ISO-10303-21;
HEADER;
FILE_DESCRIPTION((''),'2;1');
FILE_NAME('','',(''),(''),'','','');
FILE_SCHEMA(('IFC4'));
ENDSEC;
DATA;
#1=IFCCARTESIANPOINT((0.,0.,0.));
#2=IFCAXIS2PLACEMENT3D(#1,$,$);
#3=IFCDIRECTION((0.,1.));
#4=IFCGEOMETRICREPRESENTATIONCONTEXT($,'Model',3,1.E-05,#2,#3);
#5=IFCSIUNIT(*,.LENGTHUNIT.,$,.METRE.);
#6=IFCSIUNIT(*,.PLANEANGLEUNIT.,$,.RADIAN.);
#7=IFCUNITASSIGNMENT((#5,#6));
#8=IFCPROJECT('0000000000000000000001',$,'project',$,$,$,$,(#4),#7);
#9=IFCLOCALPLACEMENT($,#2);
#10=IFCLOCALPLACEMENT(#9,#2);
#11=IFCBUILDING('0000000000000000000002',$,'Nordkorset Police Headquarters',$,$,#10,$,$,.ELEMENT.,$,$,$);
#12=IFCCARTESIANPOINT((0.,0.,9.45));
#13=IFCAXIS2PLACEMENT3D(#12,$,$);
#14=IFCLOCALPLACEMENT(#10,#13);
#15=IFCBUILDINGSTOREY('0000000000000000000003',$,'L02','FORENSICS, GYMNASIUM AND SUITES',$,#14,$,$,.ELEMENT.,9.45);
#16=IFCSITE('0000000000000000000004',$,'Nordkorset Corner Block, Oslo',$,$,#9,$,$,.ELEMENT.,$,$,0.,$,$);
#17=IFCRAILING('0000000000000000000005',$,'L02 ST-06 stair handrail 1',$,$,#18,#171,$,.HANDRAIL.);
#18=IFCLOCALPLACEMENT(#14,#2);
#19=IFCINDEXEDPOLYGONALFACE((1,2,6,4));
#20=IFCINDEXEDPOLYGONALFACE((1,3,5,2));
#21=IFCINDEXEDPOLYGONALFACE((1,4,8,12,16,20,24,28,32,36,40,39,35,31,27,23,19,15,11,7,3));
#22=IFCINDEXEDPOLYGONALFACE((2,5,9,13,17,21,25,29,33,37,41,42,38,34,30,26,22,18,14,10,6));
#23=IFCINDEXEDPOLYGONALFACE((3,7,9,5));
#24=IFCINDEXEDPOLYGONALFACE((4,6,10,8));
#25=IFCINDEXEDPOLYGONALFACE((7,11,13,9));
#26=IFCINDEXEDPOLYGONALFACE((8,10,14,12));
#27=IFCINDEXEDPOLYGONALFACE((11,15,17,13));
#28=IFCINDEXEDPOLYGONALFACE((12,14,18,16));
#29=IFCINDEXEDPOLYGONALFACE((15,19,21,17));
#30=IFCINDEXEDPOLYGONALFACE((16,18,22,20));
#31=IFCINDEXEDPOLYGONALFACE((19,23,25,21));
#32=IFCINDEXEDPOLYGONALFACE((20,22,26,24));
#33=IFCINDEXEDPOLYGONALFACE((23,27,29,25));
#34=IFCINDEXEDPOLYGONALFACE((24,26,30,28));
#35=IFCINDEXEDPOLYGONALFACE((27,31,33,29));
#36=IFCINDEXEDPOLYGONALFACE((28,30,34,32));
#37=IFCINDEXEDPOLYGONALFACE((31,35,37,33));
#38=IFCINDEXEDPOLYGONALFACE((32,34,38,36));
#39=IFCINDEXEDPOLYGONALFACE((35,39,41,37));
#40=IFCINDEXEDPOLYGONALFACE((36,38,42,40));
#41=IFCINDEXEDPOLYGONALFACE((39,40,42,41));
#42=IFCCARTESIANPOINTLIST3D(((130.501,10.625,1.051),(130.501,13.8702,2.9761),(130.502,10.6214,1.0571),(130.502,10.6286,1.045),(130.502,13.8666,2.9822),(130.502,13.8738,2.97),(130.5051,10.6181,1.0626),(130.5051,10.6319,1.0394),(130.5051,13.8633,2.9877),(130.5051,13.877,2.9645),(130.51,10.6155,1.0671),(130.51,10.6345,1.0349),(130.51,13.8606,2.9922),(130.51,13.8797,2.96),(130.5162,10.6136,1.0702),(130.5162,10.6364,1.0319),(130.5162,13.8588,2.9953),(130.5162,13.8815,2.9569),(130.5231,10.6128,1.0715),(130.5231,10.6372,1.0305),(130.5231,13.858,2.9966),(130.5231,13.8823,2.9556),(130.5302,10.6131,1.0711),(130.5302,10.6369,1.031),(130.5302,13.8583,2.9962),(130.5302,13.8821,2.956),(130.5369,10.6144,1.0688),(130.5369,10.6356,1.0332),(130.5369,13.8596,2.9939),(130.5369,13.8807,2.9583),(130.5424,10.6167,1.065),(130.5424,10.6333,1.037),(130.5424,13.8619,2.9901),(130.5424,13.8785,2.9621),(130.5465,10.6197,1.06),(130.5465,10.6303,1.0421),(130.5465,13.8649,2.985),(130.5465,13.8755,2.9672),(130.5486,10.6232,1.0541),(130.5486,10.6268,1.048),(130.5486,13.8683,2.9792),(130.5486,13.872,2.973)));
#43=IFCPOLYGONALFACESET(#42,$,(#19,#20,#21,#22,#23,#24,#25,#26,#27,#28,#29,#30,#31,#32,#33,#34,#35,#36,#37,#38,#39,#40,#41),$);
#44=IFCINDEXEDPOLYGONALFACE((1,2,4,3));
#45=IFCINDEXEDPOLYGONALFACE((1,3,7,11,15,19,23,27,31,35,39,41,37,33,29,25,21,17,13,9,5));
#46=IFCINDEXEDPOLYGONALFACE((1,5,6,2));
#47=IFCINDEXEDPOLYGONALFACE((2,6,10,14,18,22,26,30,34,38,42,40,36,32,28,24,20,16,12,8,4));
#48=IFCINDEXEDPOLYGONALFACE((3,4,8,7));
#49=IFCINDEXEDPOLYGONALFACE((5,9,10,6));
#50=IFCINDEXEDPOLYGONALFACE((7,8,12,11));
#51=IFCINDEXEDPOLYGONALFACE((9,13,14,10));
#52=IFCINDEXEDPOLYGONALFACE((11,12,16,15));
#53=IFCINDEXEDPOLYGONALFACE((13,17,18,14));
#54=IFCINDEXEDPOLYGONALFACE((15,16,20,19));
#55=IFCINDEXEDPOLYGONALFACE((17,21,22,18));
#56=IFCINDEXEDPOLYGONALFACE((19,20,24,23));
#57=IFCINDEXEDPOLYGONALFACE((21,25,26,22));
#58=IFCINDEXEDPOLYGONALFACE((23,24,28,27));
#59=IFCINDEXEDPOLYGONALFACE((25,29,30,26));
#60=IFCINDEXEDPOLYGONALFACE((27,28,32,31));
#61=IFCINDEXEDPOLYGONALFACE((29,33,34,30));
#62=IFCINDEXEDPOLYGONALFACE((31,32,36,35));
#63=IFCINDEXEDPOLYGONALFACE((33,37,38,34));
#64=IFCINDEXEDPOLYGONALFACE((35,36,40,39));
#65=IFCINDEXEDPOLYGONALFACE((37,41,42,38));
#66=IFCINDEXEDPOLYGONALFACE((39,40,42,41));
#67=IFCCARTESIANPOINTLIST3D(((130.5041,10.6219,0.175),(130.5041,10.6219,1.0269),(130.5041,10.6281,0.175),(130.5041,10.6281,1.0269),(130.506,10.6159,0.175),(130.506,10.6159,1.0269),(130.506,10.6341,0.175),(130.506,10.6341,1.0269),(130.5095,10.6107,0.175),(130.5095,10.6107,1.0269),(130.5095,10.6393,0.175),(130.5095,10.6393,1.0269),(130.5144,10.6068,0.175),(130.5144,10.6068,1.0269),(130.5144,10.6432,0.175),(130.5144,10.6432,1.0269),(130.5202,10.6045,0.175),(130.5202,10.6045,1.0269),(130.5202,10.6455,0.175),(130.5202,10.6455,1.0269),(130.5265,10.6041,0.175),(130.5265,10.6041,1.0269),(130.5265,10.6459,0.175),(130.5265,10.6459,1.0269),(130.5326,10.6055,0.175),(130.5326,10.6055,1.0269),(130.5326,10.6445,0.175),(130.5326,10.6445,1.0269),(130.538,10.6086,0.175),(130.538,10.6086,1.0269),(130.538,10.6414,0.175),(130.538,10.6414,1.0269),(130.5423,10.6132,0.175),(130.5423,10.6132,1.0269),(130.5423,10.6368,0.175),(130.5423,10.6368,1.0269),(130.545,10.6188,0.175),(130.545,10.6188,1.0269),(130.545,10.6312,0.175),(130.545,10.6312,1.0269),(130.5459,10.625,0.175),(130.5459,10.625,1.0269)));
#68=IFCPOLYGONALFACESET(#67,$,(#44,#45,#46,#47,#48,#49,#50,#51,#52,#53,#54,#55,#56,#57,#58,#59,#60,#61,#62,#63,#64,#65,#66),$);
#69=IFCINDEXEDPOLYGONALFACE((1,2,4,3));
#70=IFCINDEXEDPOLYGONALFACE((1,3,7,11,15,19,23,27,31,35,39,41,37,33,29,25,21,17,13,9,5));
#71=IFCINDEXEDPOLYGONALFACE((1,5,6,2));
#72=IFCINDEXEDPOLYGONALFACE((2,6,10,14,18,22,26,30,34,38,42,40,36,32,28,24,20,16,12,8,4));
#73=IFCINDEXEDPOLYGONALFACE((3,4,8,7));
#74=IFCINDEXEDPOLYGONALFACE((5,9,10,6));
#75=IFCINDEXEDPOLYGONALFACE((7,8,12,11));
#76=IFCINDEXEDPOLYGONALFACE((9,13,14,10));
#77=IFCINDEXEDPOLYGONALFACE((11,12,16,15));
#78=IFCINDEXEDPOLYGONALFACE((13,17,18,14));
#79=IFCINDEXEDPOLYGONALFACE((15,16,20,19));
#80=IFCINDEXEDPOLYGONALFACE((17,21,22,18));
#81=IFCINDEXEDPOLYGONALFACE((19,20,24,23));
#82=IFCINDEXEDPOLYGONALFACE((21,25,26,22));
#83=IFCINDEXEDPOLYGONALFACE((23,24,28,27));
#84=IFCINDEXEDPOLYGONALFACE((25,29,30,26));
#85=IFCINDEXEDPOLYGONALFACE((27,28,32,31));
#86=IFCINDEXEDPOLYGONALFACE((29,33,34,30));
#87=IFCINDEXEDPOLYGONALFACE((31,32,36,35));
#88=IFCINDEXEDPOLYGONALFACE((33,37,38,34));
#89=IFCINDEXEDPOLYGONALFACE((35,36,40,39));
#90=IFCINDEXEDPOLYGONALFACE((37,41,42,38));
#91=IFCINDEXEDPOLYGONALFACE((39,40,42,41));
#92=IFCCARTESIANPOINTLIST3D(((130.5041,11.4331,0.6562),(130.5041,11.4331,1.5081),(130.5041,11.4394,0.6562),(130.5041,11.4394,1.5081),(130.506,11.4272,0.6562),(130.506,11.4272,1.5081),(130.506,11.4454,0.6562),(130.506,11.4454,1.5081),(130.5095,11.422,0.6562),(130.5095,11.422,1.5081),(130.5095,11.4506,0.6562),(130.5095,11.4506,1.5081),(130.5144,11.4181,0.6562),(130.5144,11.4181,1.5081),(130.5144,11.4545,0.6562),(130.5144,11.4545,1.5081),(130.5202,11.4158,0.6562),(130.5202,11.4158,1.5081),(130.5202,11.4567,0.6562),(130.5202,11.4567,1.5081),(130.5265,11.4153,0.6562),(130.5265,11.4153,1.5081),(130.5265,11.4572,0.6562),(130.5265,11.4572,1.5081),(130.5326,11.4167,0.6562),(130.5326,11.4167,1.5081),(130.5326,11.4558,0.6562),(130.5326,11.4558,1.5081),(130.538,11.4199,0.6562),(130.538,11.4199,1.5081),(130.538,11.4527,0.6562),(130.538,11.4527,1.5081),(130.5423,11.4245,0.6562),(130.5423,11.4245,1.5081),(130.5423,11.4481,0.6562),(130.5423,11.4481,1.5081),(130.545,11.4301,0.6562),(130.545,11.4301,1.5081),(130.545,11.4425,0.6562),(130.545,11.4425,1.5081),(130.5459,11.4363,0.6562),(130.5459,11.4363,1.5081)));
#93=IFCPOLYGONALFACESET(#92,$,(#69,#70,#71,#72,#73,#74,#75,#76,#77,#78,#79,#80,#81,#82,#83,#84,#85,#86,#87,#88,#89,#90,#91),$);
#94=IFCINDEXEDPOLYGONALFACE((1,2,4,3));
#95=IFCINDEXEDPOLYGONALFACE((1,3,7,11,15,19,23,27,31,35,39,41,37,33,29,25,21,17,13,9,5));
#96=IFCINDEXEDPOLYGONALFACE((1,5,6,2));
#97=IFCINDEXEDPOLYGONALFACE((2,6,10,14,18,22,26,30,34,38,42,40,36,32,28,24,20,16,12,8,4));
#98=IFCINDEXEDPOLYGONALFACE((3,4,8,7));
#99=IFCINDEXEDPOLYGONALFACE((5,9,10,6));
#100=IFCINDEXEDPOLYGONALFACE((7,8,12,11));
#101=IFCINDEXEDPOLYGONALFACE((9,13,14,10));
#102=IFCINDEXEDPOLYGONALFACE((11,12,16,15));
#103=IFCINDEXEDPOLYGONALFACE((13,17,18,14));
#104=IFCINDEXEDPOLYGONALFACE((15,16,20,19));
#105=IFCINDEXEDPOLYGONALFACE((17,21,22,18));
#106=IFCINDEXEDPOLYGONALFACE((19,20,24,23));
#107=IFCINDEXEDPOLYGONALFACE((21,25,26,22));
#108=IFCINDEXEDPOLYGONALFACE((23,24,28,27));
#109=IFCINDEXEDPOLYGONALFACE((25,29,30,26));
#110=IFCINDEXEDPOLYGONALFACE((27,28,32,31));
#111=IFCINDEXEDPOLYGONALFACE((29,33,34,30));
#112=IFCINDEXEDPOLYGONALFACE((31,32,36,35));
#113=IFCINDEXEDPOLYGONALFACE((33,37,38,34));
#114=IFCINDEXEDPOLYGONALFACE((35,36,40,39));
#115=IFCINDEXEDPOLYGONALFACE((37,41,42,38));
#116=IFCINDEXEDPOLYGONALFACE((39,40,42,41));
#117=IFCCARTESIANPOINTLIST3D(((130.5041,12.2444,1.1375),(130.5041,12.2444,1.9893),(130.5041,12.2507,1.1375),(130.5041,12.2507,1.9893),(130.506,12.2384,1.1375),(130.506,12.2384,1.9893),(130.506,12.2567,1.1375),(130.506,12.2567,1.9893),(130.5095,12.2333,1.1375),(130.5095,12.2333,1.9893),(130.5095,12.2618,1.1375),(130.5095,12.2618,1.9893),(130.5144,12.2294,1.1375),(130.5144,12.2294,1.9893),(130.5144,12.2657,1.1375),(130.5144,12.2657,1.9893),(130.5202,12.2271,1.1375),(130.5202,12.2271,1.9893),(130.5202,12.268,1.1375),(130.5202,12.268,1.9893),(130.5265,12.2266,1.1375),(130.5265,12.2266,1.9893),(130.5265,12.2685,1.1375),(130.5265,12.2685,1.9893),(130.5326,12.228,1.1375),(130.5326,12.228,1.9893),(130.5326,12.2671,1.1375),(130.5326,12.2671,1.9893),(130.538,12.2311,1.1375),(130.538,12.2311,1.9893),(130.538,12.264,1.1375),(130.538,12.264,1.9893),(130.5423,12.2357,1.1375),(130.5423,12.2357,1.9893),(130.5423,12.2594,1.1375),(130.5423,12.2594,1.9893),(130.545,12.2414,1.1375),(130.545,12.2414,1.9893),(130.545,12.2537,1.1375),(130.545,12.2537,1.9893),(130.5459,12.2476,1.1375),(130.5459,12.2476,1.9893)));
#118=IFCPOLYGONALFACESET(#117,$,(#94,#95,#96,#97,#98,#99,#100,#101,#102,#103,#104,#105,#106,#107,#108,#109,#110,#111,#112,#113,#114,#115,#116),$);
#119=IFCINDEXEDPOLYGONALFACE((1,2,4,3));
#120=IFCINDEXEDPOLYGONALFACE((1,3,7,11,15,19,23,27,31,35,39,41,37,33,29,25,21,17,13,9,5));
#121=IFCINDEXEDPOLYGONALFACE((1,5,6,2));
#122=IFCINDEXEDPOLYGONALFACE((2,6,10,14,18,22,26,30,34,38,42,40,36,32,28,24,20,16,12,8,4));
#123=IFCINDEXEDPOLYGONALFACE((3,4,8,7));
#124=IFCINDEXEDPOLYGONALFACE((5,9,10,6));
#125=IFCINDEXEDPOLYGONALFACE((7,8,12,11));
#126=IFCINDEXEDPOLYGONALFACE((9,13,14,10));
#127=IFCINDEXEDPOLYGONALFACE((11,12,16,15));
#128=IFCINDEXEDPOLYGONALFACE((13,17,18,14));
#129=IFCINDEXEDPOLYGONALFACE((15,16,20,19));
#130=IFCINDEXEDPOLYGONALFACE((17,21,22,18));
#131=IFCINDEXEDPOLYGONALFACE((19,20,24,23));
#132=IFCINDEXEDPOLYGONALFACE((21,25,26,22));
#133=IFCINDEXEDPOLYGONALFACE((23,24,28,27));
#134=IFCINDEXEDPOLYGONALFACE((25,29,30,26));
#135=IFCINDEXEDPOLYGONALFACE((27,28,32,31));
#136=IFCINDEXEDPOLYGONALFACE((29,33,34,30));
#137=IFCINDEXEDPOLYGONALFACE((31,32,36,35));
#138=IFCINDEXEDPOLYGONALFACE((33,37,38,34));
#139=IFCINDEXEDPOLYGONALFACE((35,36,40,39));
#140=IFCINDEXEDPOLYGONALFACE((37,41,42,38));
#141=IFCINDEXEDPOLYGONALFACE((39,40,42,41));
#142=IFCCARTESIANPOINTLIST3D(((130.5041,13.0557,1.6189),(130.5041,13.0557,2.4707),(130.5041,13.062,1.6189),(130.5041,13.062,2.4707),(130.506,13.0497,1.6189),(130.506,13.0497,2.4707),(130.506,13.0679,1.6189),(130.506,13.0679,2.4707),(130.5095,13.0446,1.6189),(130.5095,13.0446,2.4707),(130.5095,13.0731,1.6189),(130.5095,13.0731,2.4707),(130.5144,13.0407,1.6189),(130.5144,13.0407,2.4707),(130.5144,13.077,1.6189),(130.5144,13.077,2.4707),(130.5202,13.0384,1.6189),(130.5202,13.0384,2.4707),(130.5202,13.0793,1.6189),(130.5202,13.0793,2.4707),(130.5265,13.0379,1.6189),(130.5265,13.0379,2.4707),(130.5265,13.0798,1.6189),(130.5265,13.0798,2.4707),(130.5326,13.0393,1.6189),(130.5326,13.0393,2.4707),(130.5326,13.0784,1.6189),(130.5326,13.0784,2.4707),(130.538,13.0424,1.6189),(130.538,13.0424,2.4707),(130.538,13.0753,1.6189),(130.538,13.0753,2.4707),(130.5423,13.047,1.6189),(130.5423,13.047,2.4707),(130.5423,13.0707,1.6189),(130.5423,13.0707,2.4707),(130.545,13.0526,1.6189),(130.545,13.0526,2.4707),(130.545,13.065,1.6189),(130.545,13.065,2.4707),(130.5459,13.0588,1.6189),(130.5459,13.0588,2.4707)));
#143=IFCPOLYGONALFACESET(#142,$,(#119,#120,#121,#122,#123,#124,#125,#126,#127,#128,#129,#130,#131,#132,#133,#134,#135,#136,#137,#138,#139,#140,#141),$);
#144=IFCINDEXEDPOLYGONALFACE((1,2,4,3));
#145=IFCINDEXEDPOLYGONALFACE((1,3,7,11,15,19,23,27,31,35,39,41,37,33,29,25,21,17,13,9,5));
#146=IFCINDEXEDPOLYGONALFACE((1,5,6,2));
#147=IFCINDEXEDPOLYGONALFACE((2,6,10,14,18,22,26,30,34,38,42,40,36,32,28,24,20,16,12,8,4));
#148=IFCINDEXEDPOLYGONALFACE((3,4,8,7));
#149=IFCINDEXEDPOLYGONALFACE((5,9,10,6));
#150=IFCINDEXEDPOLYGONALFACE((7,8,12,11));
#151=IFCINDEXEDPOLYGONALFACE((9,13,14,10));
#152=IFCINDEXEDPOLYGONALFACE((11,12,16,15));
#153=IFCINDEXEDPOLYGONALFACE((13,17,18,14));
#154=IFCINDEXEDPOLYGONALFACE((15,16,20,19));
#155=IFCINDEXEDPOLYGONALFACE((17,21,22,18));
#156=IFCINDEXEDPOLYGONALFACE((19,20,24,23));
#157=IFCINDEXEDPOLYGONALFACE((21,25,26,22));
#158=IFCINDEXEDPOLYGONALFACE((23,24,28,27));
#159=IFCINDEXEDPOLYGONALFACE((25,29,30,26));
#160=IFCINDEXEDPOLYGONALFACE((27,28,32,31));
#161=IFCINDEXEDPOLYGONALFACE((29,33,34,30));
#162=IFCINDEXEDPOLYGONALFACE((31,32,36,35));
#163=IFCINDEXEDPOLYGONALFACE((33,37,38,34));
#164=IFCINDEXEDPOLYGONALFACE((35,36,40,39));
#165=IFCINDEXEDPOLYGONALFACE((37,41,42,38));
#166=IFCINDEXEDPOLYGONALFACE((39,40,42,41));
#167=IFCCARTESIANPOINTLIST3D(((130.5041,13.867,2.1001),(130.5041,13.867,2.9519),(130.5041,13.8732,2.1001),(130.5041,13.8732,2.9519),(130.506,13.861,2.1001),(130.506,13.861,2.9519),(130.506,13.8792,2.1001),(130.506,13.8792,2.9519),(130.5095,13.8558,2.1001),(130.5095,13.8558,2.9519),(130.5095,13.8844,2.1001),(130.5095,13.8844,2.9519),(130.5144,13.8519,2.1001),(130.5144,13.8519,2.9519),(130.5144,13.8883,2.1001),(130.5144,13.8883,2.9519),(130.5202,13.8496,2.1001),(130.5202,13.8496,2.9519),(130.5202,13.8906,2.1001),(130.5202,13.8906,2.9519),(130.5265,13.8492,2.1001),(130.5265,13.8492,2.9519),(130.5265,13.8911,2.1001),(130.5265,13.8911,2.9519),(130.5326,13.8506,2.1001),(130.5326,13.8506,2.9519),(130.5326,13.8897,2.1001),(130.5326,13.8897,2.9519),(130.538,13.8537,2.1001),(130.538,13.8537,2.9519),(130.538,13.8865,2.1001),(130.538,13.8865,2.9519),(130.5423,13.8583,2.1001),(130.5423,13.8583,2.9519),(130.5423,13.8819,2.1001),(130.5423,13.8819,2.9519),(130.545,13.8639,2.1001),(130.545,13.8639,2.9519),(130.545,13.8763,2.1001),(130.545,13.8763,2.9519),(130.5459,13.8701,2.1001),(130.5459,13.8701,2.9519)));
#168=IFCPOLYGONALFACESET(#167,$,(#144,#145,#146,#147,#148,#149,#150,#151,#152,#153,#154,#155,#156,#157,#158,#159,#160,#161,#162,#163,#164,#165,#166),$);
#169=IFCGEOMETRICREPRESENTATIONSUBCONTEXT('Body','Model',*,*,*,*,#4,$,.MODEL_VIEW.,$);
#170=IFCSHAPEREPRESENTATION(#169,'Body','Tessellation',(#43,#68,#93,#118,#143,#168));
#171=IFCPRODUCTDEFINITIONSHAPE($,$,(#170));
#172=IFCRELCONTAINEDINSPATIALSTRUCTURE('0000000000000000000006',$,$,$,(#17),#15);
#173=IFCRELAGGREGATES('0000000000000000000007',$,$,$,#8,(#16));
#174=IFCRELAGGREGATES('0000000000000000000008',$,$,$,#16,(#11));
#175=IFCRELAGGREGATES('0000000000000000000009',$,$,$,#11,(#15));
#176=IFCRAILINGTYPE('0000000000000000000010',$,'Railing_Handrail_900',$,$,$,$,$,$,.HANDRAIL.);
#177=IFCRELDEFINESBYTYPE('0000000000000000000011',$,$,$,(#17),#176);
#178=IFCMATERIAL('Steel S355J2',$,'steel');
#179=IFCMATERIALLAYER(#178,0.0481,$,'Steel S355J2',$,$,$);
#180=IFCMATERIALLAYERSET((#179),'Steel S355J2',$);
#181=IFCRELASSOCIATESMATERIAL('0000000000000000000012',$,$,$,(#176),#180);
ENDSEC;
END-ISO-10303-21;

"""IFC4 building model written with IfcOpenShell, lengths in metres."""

from ifc_helpers import new_model, si_unit, direction, frame, origin, origin_2d, place, context, subcontext, project, spatial, circle, extrude, material, layer, layer_set, type_object, element, save


model = new_model("IFC4")

# Units and contexts
model_context = context("Model", 3, precision=1e-05, world=origin(), true_north=direction((0.0, 1.0)))
body_context = subcontext(model_context, "Body", "Model", "MODEL_VIEW")
ifc_project = project(units=[si_unit("LENGTHUNIT", "METRE"), si_unit("PLANEANGLEUNIT", "RADIAN")], contexts=[model_context])

# Site, building, storey
site_placement = place(None, origin())
site = spatial("IfcSite", under=ifc_project, at=site_placement, Name="Nordkorset Corner Block, Oslo", CompositionType="ELEMENT", RefElevation=0.0)
building_placement = place(site_placement, origin())
building = spatial("IfcBuilding", under=site, at=building_placement, Name="Nordkorset Police Headquarters", CompositionType="ELEMENT")
storey_placement = place(building_placement, frame((0.0, 0.0, 9.45)))
storey = spatial("IfcBuildingStorey", under=building, at=storey_placement, Name="L02", Description="FORENSICS, GYMNASIUM AND SUITES", CompositionType="ELEMENT", Elevation=9.45)

# Railing
ifc_material_1 = material(Name="Steel S355J2", Category="steel")
ifc_layer_1 = layer(ifc_material_1, 0.0481, Name="Steel S355J2")
ifc_layer_set_1 = layer_set([ifc_layer_1], Name="Steel S355J2")
railing_type_1 = type_object("IfcRailingType", Name="Railing_Handrail_900", PredefinedType="HANDRAIL", material=ifc_layer_set_1)
railing_1_placement = place(storey_placement, frame((130.5249, 10.625, 0.175)))
element("IfcRailing", 1, at=railing_1_placement, inside=storey, type_object=railing_type_1, Name="L02 ST-06 stair handrail 1", PredefinedType="HANDRAIL", context=body_context, shape_type="SweptSolid", body=[
    extrude(circle(Radius=0.0239, at=origin_2d()), frame((0.0, 0.0, 0.876), z_axis=(0.0, 0.860057, 0.510198), x_axis=(-1.0, 0.0, 0.0)), (0.0, 0.0, 1.0), 3.7732),
    extrude(circle(Radius=0.021, at=origin_2d()), origin(), (0.0, 0.0, 1.0), 0.8518),
    extrude(circle(Radius=0.021, at=origin_2d()), frame((0.0, 0.8113, 0.4812)), (0.0, 0.0, 1.0), 0.8518),
    extrude(circle(Radius=0.021, at=origin_2d()), frame((0.0, 1.6226, 0.9624)), (0.0, 0.0, 1.0), 0.8518),
    extrude(circle(Radius=0.021, at=origin_2d()), frame((0.0, 2.4338, 1.4438)), (0.0, 0.0, 1.0), 0.8518),
    extrude(circle(Radius=0.021, at=origin_2d()), frame((0.0, 3.2451, 1.925)), (0.0, 0.0, 1.0), 0.8518),
])

save(model, "model.ifc")
